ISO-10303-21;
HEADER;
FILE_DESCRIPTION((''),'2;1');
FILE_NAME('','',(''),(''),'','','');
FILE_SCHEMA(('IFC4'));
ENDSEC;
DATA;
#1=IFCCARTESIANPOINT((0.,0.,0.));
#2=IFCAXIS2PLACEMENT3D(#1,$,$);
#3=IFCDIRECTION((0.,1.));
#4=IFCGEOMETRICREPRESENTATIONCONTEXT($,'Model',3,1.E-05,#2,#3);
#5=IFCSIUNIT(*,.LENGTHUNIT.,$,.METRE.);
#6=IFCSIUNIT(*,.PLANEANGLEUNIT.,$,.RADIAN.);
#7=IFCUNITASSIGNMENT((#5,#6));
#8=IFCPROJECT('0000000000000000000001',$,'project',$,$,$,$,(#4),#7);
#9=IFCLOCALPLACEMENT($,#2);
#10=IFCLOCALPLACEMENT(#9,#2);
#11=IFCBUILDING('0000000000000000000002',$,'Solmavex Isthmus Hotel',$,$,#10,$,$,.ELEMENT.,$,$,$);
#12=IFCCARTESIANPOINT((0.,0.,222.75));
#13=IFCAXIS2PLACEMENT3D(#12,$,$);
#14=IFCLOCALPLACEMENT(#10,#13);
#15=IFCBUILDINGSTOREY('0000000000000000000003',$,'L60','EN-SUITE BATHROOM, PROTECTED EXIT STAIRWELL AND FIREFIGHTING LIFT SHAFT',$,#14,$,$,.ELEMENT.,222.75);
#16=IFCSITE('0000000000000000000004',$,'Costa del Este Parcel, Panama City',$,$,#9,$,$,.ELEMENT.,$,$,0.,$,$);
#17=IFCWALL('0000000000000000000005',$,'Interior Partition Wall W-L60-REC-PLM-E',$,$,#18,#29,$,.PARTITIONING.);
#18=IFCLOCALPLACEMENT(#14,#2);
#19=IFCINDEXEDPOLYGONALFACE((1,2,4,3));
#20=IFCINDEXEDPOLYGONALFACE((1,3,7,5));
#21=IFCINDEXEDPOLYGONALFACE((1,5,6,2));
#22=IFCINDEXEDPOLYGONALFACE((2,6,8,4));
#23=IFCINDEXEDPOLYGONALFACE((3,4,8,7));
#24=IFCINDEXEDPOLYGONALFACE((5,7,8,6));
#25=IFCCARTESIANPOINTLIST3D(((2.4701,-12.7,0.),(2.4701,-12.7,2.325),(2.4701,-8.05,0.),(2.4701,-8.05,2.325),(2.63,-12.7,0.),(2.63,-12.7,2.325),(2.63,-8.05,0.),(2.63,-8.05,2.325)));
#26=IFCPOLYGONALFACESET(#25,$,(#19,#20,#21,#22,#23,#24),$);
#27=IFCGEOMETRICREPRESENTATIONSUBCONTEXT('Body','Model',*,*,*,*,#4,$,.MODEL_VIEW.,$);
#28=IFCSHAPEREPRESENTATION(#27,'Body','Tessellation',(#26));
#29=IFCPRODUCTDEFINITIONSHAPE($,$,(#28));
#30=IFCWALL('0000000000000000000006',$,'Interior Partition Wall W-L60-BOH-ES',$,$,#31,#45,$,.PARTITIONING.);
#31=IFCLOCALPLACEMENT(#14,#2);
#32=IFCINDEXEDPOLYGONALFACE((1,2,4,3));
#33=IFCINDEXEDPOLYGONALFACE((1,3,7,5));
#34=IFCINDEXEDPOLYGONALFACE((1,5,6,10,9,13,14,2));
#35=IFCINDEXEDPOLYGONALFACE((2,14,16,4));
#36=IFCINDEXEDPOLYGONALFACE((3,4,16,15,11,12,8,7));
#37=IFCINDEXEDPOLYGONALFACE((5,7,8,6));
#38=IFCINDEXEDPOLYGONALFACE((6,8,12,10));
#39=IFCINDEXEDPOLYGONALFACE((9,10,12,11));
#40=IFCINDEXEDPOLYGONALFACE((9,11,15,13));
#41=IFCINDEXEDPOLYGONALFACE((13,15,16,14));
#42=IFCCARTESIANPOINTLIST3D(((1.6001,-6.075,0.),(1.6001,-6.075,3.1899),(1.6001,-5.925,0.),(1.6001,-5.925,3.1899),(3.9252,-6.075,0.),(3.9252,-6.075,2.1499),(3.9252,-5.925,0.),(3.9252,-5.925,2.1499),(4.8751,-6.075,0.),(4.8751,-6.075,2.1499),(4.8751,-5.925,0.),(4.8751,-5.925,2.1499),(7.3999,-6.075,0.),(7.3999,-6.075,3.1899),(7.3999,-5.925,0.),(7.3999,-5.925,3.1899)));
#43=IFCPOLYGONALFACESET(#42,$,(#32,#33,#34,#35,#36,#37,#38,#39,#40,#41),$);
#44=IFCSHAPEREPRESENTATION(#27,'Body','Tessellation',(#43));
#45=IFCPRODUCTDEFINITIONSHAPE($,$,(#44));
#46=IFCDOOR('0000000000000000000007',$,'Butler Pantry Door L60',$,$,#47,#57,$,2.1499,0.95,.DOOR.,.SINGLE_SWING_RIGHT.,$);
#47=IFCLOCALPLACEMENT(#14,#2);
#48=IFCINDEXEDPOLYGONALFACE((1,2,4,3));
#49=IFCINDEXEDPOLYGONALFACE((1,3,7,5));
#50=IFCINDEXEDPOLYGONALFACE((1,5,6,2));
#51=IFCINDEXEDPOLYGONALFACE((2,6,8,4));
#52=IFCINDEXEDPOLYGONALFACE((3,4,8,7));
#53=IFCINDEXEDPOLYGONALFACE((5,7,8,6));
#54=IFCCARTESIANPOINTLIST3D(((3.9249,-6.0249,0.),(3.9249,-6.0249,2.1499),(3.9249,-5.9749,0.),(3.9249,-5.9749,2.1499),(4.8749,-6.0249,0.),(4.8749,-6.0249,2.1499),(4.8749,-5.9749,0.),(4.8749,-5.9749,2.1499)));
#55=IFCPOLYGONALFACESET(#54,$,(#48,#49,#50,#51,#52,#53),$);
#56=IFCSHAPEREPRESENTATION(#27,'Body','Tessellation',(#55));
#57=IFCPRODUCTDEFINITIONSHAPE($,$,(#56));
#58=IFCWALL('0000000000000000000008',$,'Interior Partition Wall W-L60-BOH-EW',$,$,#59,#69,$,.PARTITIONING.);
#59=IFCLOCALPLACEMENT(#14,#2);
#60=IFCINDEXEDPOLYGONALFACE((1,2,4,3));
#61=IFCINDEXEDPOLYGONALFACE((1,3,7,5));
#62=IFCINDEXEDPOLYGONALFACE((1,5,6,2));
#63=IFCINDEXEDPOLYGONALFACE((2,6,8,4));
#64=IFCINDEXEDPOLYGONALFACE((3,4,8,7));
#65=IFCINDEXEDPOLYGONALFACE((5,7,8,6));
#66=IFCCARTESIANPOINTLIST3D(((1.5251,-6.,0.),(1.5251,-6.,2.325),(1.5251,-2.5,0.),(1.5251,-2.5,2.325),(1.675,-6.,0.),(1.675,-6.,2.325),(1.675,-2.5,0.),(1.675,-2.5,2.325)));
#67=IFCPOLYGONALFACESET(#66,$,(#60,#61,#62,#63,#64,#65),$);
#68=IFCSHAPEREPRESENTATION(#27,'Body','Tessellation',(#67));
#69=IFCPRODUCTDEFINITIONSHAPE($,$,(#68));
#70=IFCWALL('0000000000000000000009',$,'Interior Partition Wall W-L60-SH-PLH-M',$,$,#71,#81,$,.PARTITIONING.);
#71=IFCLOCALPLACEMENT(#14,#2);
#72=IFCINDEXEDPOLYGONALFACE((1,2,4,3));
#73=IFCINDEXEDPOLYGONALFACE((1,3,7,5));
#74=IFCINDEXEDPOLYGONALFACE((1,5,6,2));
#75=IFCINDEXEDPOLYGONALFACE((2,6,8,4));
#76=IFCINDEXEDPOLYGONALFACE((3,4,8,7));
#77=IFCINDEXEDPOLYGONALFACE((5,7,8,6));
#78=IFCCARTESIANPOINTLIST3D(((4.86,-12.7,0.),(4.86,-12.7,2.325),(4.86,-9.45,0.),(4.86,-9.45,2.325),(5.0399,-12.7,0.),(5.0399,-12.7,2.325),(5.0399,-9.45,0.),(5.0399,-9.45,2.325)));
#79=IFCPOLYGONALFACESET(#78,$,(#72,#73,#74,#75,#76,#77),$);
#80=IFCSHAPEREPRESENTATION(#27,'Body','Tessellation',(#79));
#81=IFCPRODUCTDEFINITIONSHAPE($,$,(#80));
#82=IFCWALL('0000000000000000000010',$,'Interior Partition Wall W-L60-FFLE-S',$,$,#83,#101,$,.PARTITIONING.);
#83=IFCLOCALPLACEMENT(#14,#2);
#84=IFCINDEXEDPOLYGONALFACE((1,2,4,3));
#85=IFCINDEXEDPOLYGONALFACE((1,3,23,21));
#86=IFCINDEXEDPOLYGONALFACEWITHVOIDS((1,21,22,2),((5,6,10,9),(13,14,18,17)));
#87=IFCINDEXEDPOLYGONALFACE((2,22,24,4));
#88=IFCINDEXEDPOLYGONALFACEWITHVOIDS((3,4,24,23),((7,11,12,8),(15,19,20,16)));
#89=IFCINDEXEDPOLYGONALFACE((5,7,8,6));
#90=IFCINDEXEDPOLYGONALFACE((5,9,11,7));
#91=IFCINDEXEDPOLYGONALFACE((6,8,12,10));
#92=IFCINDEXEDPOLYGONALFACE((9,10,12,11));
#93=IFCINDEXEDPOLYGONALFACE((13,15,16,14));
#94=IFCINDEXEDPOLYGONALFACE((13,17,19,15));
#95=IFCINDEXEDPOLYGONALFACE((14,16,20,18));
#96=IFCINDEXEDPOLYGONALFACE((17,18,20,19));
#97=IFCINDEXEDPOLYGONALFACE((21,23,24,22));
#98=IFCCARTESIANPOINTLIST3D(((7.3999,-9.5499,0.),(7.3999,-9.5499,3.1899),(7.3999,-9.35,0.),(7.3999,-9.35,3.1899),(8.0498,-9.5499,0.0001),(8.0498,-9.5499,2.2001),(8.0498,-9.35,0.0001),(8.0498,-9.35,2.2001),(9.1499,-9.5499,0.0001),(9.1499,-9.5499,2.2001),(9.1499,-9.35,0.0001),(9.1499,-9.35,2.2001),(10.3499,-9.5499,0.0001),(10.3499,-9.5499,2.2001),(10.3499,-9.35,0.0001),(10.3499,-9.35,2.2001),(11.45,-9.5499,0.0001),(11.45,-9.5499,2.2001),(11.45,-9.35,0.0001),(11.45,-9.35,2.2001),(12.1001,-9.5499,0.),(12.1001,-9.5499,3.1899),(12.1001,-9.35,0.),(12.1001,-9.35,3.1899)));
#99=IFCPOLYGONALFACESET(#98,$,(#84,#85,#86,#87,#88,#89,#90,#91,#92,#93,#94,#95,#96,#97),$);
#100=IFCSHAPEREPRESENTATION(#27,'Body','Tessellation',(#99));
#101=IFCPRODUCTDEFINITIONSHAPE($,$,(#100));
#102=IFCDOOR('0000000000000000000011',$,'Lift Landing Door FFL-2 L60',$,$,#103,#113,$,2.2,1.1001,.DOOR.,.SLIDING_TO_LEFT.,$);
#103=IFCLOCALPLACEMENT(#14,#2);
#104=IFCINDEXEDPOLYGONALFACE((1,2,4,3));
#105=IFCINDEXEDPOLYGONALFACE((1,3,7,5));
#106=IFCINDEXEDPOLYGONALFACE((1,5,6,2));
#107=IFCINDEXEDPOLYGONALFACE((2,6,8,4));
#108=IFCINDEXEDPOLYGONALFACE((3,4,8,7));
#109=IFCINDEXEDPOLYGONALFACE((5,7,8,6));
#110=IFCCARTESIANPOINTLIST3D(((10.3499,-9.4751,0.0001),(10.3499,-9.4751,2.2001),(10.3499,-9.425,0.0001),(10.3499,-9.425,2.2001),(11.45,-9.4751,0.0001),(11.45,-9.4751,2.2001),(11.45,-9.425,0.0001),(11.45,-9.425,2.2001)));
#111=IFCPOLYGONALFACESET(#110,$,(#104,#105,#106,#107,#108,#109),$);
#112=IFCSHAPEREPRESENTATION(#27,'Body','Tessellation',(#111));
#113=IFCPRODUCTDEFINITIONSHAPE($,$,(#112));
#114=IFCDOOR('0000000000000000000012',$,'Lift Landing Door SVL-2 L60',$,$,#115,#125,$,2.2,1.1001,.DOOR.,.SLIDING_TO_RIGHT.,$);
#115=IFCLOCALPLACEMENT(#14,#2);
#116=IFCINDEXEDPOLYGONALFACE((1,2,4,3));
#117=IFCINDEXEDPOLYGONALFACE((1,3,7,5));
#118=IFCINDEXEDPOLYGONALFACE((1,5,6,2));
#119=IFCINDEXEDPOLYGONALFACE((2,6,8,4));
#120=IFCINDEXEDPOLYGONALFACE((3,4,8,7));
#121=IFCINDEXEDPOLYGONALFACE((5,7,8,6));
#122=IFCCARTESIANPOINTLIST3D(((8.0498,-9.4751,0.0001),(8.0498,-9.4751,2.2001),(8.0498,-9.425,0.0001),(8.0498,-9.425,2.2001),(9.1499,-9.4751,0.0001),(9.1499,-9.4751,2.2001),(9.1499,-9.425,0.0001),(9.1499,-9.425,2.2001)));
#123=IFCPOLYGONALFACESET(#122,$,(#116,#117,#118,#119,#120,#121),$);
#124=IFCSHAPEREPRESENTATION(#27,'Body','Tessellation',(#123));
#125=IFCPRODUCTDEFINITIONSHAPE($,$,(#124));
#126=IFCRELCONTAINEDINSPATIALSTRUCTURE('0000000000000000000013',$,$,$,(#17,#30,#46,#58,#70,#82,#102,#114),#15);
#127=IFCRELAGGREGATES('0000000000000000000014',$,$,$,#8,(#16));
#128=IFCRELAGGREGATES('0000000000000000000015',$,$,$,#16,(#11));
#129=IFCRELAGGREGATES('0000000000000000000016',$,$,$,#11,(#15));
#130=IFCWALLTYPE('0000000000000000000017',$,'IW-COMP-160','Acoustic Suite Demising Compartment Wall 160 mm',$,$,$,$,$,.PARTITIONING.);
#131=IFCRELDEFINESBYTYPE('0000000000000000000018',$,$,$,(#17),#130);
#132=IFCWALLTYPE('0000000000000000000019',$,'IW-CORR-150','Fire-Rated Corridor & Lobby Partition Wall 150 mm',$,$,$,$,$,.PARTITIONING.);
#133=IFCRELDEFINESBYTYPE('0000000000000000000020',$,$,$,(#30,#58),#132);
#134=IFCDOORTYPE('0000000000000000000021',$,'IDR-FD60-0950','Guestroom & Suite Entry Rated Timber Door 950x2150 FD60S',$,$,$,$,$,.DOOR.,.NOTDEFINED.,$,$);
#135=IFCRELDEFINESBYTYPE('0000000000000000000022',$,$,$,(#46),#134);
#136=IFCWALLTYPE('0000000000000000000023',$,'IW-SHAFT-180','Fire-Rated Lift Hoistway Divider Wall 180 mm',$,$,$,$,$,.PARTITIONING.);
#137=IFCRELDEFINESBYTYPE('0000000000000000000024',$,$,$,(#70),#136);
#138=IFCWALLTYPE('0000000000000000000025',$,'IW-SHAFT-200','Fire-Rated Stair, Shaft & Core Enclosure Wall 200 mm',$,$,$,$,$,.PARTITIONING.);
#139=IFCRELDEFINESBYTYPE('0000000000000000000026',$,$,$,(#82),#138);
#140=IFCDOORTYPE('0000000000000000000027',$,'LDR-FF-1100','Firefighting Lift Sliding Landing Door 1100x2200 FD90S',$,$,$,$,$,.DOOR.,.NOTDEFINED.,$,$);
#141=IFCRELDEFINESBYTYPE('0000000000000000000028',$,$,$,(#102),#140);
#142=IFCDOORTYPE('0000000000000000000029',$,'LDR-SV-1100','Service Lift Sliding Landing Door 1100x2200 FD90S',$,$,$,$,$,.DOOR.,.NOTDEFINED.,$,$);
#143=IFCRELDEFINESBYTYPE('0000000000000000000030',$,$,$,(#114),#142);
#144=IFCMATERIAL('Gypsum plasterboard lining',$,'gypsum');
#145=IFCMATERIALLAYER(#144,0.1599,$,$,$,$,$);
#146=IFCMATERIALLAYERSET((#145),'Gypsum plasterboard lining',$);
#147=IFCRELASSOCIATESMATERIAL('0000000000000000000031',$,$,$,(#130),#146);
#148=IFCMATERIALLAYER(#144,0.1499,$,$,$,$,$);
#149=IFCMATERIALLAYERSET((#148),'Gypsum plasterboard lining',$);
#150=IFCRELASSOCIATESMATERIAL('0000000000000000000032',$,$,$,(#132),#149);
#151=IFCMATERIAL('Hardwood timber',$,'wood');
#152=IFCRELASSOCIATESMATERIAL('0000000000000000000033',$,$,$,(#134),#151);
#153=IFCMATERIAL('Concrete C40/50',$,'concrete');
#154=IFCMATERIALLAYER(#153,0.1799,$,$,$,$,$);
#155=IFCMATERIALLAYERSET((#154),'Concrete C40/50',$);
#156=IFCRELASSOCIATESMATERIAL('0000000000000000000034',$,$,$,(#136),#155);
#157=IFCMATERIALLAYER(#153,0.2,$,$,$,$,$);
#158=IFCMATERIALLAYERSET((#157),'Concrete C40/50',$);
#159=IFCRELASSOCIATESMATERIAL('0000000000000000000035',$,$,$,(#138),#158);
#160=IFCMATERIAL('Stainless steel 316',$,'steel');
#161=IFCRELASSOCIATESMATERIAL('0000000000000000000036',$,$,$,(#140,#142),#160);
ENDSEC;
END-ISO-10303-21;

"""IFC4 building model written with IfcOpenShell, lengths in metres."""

from ifc_helpers import new_model, si_unit, direction, frame, frame_2d, origin, place, context, subcontext, project, spatial, rectangle, extrude, material, layer, layer_set, type_object, element, fill, save


model = new_model("IFC4")

# Units and contexts
model_context = context("Model", 3, precision=1e-05, world=origin(), true_north=direction((0.0, 1.0)))
body_context = subcontext(model_context, "Body", "Model", "MODEL_VIEW")
ifc_project = project(units=[si_unit("LENGTHUNIT", "METRE"), si_unit("PLANEANGLEUNIT", "RADIAN")], contexts=[model_context])

# Site, building, storey
site_placement = place(None, origin())
site = spatial("IfcSite", under=ifc_project, at=site_placement, Name="Costa del Este Parcel, Panama City", CompositionType="ELEMENT", RefElevation=0.0)
building_placement = place(site_placement, origin())
building = spatial("IfcBuilding", under=site, at=building_placement, Name="Solmavex Isthmus Hotel", CompositionType="ELEMENT")
storey_placement = place(building_placement, frame((0.0, 0.0, 222.75)))
storey = spatial("IfcBuildingStorey", under=building, at=storey_placement, Name="L60", Description="EN-SUITE BATHROOM, PROTECTED EXIT STAIRWELL AND FIREFIGHTING LIFT SHAFT", CompositionType="ELEMENT", Elevation=222.75)

# Wall
ifc_material_1 = material(Name="Gypsum plasterboard lining", Category="gypsum")
ifc_layer_1 = layer(ifc_material_1, 0.1599)
ifc_layer_set_1 = layer_set([ifc_layer_1], Name="Gypsum plasterboard lining")
wall_type_1 = type_object("IfcWallType", Name="IW-COMP-160", Description="Acoustic Suite Demising Compartment Wall 160 mm", PredefinedType="PARTITIONING", material=ifc_layer_set_1)
wall_1_placement = place(storey_placement, frame((2.55, -12.7, 0.0), z_axis=(0.0, 0.0, 1.0), x_axis=(0.0, 1.0, 0.0)))
element("IfcWall", 1, at=wall_1_placement, inside=storey, type_object=wall_type_1, Name="Interior Partition Wall W-L60-REC-PLM-E", PredefinedType="PARTITIONING", context=body_context, shape_type="SweptSolid", body=[
    extrude(rectangle(XDim=4.6499, YDim=0.1599, at=frame_2d((2.325, 0.0))), origin(), (0.0, 0.0, 1.0), 2.325),
])

# Wall, opening, door
ifc_layer_2 = layer(ifc_material_1, 0.1499)
ifc_layer_set_2 = layer_set([ifc_layer_2], Name="Gypsum plasterboard lining")
wall_type_2 = type_object("IfcWallType", Name="IW-CORR-150", Description="Fire-Rated Corridor & Lobby Partition Wall 150 mm", PredefinedType="PARTITIONING", material=ifc_layer_set_2)
wall_2_placement = place(storey_placement, frame((1.6001, -6.0, 0.0), z_axis=(0.0, 0.0, 1.0), x_axis=(1.0, 0.0, 0.0)))
wall_2 = element("IfcWall", 2, at=wall_2_placement, inside=storey, type_object=wall_type_2, Name="Interior Partition Wall W-L60-BOH-ES", PredefinedType="PARTITIONING", context=body_context, shape_type="SweptSolid", body=[
    extrude(rectangle(XDim=5.7998, YDim=0.1499, at=frame_2d((2.8999, 0.0))), origin(), (0.0, 0.0, 1.0), 3.1899),
])
opening_1_placement = place(wall_2_placement, frame((2.325, 0.0, 0.0)))
opening_1 = element("IfcOpeningElement", 3, at=opening_1_placement, cuts=wall_2, PredefinedType="OPENING", context=body_context, shape_type="SweptSolid", body=[
    extrude(rectangle(XDim=0.95, YDim=2.1499, at=frame_2d((0.4751, 1.075))), frame((0.0, 0.085, 0.0), z_axis=(0.0, -1.0, 0.0), x_axis=(1.0, 0.0, 0.0)), (0.0, 0.0, 1.0), 0.1699),
])
ifc_material_2 = material(Name="Hardwood timber", Category="wood")
door_type_1 = type_object("IfcDoorType", Name="IDR-FD60-0950", Description="Guestroom & Suite Entry Rated Timber Door 950x2150 FD60S", OperationType="NOTDEFINED", PredefinedType="DOOR", material=ifc_material_2)
door_1_placement = place(opening_1_placement, frame((0.95, 0.0, 0.0), z_axis=(0.0, 0.0, 1.0), x_axis=(-1.0, 0.0, 0.0)))
door_1 = element("IfcDoor", 4, at=door_1_placement, inside=storey, type_object=door_type_1, Name="Butler Pantry Door L60", OperationType="SINGLE_SWING_RIGHT", OverallHeight=2.1499, OverallWidth=0.95, PredefinedType="DOOR", context=body_context, shape_type="SweptSolid", body=[
    extrude(rectangle(XDim=0.95, YDim=2.1499, at=frame_2d((0.4751, 1.075))), frame((0.0, 0.0249, 0.0), z_axis=(0.0, -1.0, 0.0), x_axis=(1.0, 0.0, 0.0)), (0.0, 0.0, 1.0), 0.05),
])
fill(opening_1, door_1)

# Walls
wall_3_placement = place(storey_placement, frame((1.6001, -6.0, 0.0), z_axis=(0.0, 0.0, 1.0), x_axis=(0.0, 1.0, 0.0)))
element("IfcWall", 5, at=wall_3_placement, inside=storey, type_object=wall_type_2, Name="Interior Partition Wall W-L60-BOH-EW", PredefinedType="PARTITIONING", context=body_context, shape_type="SweptSolid", body=[
    extrude(rectangle(XDim=3.5, YDim=0.1499, at=frame_2d((1.75, 0.0))), origin(), (0.0, 0.0, 1.0), 2.325),
])
ifc_material_3 = material(Name="Concrete C40/50", Category="concrete")
ifc_layer_3 = layer(ifc_material_3, 0.1799)
ifc_layer_set_3 = layer_set([ifc_layer_3], Name="Concrete C40/50")
wall_type_3 = type_object("IfcWallType", Name="IW-SHAFT-180", Description="Fire-Rated Lift Hoistway Divider Wall 180 mm", PredefinedType="PARTITIONING", material=ifc_layer_set_3)
wall_4_placement = place(storey_placement, frame((4.95, -12.7, 0.0), z_axis=(0.0, 0.0, 1.0), x_axis=(0.0, 1.0, 0.0)))
element("IfcWall", 6, at=wall_4_placement, inside=storey, type_object=wall_type_3, Name="Interior Partition Wall W-L60-SH-PLH-M", PredefinedType="PARTITIONING", context=body_context, shape_type="SweptSolid", body=[
    extrude(rectangle(XDim=3.25, YDim=0.1799, at=frame_2d((1.625, 0.0))), origin(), (0.0, 0.0, 1.0), 2.325),
])

# Wall, openings, doors
ifc_layer_4 = layer(ifc_material_3, 0.2)
ifc_layer_set_4 = layer_set([ifc_layer_4], Name="Concrete C40/50")
wall_type_4 = type_object("IfcWallType", Name="IW-SHAFT-200", Description="Fire-Rated Stair, Shaft & Core Enclosure Wall 200 mm", PredefinedType="PARTITIONING", material=ifc_layer_set_4)
wall_5_placement = place(storey_placement, frame((7.3999, -9.45, 0.0), z_axis=(0.0, 0.0, 1.0), x_axis=(1.0, 0.0, 0.0)))
wall_5 = element("IfcWall", 7, at=wall_5_placement, inside=storey, type_object=wall_type_4, Name="Interior Partition Wall W-L60-FFLE-S", PredefinedType="PARTITIONING", context=body_context, shape_type="SweptSolid", body=[
    extrude(rectangle(XDim=4.7002, YDim=0.2, at=frame_2d((2.3501, 0.0))), origin(), (0.0, 0.0, 1.0), 3.1899),
])
opening_2_placement = place(wall_5_placement, frame((2.95, 0.0, 0.0)))
opening_2 = element("IfcOpeningElement", 8, at=opening_2_placement, cuts=wall_5, PredefinedType="OPENING", context=body_context, shape_type="SweptSolid", body=[
    extrude(rectangle(XDim=1.1001, YDim=2.2, at=frame_2d((0.55, 1.1001))), frame((0.0, 0.1099, 0.0), z_axis=(0.0, -1.0, 0.0), x_axis=(1.0, 0.0, 0.0)), (0.0, 0.0, 1.0), 0.22),
])
opening_3_placement = place(wall_5_placement, frame((0.6499, 0.0, 0.0)))
opening_3 = element("IfcOpeningElement", 9, at=opening_3_placement, cuts=wall_5, PredefinedType="OPENING", context=body_context, shape_type="SweptSolid", body=[
    extrude(rectangle(XDim=1.1001, YDim=2.2, at=frame_2d((0.55, 1.1001))), frame((0.0, 0.1099, 0.0), z_axis=(0.0, -1.0, 0.0), x_axis=(1.0, 0.0, 0.0)), (0.0, 0.0, 1.0), 0.22),
])
ifc_material_4 = material(Name="Stainless steel 316", Category="steel")
door_type_2 = type_object("IfcDoorType", Name="LDR-FF-1100", Description="Firefighting Lift Sliding Landing Door 1100x2200 FD90S", OperationType="NOTDEFINED", PredefinedType="DOOR", material=ifc_material_4)
door_2_placement = place(opening_2_placement, origin())
door_2 = element("IfcDoor", 10, at=door_2_placement, inside=storey, type_object=door_type_2, Name="Lift Landing Door FFL-2 L60", OperationType="SLIDING_TO_LEFT", OverallHeight=2.2, OverallWidth=1.1001, PredefinedType="DOOR", context=body_context, shape_type="SweptSolid", body=[
    extrude(rectangle(XDim=1.1001, YDim=2.2, at=frame_2d((0.55, 1.1001))), frame((0.0, 0.0249, 0.0), z_axis=(0.0, -1.0, 0.0), x_axis=(1.0, 0.0, 0.0)), (0.0, 0.0, 1.0), 0.05),
])
fill(opening_2, door_2)
door_type_3 = type_object("IfcDoorType", Name="LDR-SV-1100", Description="Service Lift Sliding Landing Door 1100x2200 FD90S", OperationType="NOTDEFINED", PredefinedType="DOOR", material=ifc_material_4)
door_3_placement = place(opening_3_placement, origin())
door_3 = element("IfcDoor", 11, at=door_3_placement, inside=storey, type_object=door_type_3, Name="Lift Landing Door SVL-2 L60", OperationType="SLIDING_TO_RIGHT", OverallHeight=2.2, OverallWidth=1.1001, PredefinedType="DOOR", context=body_context, shape_type="SweptSolid", body=[
    extrude(rectangle(XDim=1.1001, YDim=2.2, at=frame_2d((0.55, 1.1001))), frame((0.0, 0.0249, 0.0), z_axis=(0.0, -1.0, 0.0), x_axis=(1.0, 0.0, 0.0)), (0.0, 0.0, 1.0), 0.05),
])
fill(opening_3, door_3)

save(model, "model.ifc")
